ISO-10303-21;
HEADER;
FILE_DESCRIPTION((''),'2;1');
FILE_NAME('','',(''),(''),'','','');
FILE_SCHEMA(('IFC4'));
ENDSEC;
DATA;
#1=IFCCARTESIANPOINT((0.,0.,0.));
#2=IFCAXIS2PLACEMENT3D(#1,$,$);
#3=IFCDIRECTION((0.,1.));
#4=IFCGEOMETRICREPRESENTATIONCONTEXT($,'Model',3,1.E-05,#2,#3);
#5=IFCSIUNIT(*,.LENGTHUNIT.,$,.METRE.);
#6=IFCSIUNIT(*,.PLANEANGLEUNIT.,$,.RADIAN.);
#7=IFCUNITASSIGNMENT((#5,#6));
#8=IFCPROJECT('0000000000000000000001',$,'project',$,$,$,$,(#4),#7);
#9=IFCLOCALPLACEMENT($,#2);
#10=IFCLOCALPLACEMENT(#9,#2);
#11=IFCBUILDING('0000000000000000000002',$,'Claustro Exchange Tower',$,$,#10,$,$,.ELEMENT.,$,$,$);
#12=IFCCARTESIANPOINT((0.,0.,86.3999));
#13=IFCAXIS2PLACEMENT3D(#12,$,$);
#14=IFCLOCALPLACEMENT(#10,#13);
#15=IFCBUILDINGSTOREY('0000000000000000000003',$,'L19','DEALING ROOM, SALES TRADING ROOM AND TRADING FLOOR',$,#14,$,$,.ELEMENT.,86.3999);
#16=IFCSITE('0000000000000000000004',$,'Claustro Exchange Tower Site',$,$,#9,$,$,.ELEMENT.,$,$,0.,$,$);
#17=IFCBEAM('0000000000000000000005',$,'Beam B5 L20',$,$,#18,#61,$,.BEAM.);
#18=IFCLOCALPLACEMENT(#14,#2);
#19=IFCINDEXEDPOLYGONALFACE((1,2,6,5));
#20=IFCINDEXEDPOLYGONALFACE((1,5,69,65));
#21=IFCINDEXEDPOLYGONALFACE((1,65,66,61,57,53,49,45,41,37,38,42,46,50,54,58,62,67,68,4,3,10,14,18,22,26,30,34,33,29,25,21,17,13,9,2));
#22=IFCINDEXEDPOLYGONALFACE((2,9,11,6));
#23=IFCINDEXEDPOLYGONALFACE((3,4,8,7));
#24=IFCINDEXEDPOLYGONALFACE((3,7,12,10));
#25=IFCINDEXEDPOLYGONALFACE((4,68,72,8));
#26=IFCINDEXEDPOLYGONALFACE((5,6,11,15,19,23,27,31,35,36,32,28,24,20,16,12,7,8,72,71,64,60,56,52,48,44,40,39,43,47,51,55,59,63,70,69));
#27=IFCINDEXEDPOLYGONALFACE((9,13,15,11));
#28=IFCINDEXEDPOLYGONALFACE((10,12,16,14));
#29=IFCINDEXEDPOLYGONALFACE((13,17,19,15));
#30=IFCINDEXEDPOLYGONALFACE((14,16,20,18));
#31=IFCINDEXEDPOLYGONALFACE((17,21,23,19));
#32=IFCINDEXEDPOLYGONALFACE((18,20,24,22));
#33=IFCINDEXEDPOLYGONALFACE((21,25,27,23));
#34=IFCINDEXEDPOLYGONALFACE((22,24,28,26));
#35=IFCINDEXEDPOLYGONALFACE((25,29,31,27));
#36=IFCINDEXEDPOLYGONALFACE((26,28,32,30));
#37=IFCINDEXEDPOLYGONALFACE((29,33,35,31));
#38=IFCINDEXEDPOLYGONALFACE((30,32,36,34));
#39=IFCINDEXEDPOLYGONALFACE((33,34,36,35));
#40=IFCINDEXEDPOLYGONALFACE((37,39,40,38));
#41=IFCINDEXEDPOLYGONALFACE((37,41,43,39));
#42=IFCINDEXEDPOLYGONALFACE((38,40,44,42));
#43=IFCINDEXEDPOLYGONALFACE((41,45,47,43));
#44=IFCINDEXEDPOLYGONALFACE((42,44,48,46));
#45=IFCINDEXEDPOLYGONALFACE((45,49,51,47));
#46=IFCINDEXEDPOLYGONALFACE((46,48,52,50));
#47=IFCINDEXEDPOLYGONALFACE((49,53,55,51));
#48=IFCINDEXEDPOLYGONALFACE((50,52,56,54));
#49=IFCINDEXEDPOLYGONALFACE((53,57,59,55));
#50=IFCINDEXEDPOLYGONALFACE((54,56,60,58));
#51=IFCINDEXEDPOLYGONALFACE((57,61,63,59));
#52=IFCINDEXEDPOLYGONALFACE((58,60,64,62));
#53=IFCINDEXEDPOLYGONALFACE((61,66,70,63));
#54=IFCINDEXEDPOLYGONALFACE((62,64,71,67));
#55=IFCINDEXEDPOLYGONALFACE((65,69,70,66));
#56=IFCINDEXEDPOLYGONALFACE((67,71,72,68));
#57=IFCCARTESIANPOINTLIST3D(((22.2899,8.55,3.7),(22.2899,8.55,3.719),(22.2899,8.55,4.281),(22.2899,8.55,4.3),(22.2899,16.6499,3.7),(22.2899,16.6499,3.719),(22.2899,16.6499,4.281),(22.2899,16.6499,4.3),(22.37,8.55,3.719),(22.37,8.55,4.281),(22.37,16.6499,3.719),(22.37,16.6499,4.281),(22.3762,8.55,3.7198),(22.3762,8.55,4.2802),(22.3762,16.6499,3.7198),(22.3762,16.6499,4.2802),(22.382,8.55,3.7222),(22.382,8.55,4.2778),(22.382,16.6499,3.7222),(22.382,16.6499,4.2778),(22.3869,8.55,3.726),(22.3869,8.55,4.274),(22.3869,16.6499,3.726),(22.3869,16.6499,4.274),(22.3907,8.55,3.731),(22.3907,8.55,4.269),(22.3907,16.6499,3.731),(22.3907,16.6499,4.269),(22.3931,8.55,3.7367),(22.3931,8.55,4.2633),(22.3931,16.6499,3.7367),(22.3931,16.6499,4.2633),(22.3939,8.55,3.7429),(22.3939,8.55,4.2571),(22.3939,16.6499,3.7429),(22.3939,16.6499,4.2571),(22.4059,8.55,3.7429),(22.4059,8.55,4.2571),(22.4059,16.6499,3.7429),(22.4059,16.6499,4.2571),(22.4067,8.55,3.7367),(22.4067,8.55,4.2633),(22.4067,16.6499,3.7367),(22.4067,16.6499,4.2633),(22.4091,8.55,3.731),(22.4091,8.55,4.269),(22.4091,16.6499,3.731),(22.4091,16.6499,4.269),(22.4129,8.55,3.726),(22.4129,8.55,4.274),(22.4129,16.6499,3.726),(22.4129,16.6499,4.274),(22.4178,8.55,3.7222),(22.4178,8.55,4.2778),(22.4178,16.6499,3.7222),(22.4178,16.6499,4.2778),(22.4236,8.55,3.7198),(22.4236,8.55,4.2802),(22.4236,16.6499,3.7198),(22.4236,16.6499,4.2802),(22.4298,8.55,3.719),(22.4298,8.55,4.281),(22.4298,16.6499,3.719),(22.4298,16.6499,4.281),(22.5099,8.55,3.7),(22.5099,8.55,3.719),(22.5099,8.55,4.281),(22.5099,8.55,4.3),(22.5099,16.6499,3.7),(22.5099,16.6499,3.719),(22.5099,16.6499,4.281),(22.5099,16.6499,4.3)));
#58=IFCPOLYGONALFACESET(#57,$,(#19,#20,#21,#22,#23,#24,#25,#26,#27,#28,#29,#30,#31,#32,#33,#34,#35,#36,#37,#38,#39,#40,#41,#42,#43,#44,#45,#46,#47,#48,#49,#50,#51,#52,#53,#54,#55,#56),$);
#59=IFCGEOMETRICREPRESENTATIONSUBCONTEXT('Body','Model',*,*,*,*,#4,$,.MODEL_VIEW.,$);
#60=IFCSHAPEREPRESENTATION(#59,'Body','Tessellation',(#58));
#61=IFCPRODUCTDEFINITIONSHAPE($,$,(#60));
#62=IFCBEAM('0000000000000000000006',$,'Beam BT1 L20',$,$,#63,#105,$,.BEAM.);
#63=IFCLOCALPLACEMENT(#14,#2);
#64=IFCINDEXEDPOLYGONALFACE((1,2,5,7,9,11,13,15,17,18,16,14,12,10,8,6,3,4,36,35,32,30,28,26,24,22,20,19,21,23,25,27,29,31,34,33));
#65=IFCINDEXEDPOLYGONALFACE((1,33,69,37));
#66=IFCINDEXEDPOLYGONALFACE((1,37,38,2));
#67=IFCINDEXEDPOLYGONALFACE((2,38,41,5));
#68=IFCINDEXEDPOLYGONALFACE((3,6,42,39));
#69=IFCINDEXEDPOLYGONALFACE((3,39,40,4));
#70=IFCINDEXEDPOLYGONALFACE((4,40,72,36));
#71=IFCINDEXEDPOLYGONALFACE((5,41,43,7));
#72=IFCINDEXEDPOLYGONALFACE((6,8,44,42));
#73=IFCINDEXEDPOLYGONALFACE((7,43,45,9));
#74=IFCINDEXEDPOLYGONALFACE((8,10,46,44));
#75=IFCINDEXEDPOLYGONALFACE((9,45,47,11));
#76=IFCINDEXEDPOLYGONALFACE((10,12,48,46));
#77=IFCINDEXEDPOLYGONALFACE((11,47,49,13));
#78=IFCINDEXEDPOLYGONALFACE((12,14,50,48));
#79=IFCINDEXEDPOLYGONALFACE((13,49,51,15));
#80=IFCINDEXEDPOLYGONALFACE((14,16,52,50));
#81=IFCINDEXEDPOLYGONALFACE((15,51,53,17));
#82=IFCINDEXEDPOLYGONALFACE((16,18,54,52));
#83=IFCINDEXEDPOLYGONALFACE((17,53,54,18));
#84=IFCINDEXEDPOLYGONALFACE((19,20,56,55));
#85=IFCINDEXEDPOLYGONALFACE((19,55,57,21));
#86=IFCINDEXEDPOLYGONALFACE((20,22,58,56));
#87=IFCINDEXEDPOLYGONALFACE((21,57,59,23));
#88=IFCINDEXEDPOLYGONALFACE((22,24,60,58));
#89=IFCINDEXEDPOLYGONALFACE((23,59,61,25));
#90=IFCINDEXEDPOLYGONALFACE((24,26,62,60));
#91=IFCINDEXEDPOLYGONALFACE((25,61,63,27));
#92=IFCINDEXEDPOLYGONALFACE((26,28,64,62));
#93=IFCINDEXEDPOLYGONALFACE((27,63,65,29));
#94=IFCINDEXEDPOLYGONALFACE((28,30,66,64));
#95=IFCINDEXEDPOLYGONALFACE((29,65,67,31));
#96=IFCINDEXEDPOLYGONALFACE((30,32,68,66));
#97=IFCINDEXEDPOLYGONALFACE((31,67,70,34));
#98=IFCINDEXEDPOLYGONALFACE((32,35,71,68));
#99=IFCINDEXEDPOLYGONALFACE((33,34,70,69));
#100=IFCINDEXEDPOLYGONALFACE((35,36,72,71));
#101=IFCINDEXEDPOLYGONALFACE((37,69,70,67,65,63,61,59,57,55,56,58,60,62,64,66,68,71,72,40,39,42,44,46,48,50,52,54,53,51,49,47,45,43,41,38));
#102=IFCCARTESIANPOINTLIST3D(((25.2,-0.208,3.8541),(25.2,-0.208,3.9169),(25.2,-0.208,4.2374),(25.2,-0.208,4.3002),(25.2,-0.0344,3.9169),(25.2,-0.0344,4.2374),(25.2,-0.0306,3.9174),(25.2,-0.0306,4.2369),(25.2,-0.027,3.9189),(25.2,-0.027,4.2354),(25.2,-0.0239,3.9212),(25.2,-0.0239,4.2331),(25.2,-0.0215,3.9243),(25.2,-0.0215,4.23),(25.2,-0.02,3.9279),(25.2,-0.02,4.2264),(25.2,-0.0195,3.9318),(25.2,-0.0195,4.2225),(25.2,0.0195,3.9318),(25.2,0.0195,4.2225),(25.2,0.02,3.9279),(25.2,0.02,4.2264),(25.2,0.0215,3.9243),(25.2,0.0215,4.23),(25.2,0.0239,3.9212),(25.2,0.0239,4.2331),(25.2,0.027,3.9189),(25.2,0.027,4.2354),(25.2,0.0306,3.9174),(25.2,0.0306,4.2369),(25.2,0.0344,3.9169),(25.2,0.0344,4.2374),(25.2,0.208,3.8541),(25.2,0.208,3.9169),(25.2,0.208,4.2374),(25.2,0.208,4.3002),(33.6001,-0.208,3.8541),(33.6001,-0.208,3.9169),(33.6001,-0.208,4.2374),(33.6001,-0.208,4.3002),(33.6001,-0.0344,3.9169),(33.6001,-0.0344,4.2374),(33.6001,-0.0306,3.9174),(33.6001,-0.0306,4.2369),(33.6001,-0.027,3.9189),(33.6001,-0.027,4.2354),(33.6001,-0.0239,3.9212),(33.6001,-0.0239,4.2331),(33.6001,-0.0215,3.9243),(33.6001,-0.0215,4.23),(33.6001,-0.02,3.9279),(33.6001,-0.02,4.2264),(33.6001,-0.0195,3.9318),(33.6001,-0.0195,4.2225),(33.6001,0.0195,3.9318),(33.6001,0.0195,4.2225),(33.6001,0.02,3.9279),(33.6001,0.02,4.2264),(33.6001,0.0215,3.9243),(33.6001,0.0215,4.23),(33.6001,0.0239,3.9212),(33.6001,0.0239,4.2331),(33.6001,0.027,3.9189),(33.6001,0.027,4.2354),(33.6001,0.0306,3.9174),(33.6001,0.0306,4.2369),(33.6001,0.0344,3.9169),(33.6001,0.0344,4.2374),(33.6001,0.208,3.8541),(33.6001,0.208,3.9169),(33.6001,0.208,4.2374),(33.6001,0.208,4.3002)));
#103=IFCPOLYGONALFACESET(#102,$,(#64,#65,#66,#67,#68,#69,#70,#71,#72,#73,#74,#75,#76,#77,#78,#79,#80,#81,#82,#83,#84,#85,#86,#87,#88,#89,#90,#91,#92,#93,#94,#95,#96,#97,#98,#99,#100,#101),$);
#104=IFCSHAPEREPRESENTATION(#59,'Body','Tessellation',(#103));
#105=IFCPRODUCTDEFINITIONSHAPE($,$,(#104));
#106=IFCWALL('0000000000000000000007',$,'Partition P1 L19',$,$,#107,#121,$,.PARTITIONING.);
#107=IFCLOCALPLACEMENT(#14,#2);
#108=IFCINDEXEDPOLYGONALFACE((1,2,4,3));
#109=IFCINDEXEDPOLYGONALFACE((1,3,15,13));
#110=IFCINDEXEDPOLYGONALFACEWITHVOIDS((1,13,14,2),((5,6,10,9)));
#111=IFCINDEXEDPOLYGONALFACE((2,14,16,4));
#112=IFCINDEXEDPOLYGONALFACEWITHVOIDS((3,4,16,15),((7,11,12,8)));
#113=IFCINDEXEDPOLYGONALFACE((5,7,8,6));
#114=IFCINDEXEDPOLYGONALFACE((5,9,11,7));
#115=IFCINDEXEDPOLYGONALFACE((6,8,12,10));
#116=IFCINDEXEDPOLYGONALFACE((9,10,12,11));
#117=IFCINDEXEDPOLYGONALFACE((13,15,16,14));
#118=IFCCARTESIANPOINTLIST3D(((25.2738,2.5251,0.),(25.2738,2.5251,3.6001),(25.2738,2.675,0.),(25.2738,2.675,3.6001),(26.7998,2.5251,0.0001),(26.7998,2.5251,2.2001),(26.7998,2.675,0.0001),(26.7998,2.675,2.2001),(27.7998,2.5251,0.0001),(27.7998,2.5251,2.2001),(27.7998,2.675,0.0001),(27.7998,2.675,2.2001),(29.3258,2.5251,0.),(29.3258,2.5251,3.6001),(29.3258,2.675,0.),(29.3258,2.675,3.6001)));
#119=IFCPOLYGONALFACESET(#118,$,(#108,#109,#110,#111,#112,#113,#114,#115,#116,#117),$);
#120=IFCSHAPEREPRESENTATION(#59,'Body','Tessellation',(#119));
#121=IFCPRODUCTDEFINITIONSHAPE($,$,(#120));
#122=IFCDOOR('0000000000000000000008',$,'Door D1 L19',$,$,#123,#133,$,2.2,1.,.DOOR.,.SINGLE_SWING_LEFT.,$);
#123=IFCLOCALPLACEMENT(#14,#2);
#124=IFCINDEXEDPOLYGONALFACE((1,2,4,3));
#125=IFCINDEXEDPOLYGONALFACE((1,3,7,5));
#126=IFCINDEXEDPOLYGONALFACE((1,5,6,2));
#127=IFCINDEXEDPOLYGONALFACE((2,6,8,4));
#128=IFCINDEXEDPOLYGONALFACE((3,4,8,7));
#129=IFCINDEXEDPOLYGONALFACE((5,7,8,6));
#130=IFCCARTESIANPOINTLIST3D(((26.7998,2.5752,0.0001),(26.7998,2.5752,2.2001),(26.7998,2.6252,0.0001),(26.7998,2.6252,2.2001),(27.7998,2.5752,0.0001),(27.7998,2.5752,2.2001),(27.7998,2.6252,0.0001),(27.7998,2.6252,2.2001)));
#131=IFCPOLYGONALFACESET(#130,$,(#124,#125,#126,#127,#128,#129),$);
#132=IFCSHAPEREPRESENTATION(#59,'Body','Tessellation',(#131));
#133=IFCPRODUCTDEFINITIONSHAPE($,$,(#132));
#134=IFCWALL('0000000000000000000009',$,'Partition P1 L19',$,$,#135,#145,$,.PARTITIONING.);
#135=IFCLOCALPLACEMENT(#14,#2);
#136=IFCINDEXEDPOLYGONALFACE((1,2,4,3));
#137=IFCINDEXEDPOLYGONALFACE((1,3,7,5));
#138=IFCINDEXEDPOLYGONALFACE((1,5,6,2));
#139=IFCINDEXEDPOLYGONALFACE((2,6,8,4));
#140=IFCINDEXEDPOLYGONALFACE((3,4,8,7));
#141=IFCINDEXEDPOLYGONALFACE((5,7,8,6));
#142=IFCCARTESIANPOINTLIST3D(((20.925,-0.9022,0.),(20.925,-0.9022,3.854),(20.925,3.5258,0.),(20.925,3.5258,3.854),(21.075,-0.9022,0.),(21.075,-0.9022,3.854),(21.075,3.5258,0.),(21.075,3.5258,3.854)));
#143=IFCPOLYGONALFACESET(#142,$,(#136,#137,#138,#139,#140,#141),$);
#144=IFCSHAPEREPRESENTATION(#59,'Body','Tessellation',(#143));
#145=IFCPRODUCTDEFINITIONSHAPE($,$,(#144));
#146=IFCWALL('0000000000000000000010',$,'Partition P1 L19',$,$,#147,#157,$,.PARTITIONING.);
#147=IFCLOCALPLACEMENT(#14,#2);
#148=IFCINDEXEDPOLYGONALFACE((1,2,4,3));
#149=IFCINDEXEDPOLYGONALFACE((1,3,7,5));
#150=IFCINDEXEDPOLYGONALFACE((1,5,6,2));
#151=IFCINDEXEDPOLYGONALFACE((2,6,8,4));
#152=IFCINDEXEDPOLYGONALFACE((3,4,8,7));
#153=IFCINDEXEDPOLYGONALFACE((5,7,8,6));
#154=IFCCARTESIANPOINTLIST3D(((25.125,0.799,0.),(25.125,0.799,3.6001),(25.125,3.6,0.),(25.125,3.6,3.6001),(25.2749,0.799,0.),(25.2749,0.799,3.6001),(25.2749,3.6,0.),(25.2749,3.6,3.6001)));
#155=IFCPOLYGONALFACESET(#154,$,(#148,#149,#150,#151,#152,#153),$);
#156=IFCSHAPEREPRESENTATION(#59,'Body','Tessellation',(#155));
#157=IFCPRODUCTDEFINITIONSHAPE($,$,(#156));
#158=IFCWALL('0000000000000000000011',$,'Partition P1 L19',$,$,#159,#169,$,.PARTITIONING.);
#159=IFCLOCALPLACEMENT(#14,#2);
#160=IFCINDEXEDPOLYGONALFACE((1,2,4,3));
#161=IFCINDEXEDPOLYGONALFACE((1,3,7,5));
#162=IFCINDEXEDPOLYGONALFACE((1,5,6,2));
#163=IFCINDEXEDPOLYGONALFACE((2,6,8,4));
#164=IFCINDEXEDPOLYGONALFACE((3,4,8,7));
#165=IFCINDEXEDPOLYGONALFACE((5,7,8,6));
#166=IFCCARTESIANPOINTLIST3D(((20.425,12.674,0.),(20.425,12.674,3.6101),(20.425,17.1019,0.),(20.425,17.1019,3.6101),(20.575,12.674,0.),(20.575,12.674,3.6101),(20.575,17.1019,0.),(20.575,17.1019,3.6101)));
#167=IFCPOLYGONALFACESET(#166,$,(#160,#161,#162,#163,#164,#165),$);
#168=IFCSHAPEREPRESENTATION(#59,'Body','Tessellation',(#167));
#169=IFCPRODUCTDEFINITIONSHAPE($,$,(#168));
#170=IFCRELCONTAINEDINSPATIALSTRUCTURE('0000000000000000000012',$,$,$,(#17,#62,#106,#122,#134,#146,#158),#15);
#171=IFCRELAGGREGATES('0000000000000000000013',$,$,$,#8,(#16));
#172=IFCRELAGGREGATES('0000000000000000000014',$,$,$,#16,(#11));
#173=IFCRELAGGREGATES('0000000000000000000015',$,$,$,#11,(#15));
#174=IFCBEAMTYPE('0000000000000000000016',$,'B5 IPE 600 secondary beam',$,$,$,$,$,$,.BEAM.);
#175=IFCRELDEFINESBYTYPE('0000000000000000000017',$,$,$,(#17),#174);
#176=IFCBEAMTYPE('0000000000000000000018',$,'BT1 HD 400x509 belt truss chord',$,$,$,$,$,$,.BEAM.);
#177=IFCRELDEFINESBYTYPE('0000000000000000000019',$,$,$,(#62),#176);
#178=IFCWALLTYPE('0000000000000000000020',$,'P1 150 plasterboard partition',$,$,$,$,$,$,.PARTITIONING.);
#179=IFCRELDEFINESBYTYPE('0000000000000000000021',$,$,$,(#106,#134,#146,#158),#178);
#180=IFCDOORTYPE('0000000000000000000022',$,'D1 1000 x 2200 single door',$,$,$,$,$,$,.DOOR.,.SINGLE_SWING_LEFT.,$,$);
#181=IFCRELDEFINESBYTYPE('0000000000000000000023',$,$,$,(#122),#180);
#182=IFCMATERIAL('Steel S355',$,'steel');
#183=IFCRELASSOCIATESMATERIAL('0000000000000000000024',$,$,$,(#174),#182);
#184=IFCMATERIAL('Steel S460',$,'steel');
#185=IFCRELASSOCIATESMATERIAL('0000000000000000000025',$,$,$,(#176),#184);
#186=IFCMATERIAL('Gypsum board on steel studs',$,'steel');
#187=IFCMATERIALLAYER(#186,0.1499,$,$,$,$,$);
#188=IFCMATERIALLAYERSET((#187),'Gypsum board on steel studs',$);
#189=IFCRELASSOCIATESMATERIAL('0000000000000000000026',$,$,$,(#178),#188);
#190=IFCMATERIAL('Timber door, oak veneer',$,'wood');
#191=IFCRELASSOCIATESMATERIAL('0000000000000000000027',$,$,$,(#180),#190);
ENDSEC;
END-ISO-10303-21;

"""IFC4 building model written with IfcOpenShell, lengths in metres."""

from ifc_helpers import new_model, si_unit, direction, frame, frame_2d, origin, origin_2d, place, context, subcontext, project, spatial, rectangle, i_section, extrude, material, layer, layer_set, material_profile, profile_set, type_object, element, fill, save


model = new_model("IFC4")

# Units and contexts
model_context = context("Model", 3, precision=1e-05, world=origin(), true_north=direction((0.0, 1.0)))
body_context = subcontext(model_context, "Body", "Model", "MODEL_VIEW")
ifc_project = project(units=[si_unit("LENGTHUNIT", "METRE"), si_unit("PLANEANGLEUNIT", "RADIAN")], contexts=[model_context])

# Site, building, storey
site_placement = place(None, origin())
site = spatial("IfcSite", under=ifc_project, at=site_placement, Name="Claustro Exchange Tower Site", CompositionType="ELEMENT", RefElevation=0.0)
building_placement = place(site_placement, origin())
building = spatial("IfcBuilding", under=site, at=building_placement, Name="Claustro Exchange Tower", CompositionType="ELEMENT")
storey_placement = place(building_placement, frame((0.0, 0.0, 86.3999)))
storey = spatial("IfcBuildingStorey", under=building, at=storey_placement, Name="L19", Description="DEALING ROOM, SALES TRADING ROOM AND TRADING FLOOR", CompositionType="ELEMENT", Elevation=86.3999)

# Beams
ifc_material_1 = material(Name="Steel S355", Category="steel")
ifc_material_profile_1 = material_profile(ifc_material_1, i_section(OverallWidth=0.22, OverallDepth=0.6001, WebThickness=0.012, FlangeThickness=0.019, FilletRadius=0.0239, at=origin_2d()), Name="IPE 600")
ifc_profile_set_1 = profile_set([ifc_material_profile_1], Name="Steel S355")
beam_type_1 = type_object("IfcBeamType", Name="B5 IPE 600 secondary beam", PredefinedType="BEAM", material=ifc_profile_set_1)
for number, where, z_axis, x_axis, name in (
    (1, (22.3999, 8.55, 4.0), (0.0, 1.0, 0.0), (-1.0, 0.0, 0.0), "Beam B5 L20"),
):
    element("IfcBeam", number, at=place(storey_placement, frame(where, z_axis=z_axis, x_axis=x_axis)), inside=storey, type_object=beam_type_1, Name=name, PredefinedType="BEAM", context=body_context, shape_type="SweptSolid", body=[
        extrude(i_section(OverallWidth=0.22, OverallDepth=0.6001, WebThickness=0.012, FlangeThickness=0.019, FilletRadius=0.0239, at=origin_2d()), origin(), (0.0, 0.0, 1.0), 8.0999),
    ])
ifc_material_2 = material(Name="Steel S460", Category="steel")
ifc_material_profile_2 = material_profile(ifc_material_2, i_section(OverallWidth=0.416, OverallDepth=0.446, WebThickness=0.0391, FlangeThickness=0.0627, FilletRadius=0.0149, at=origin_2d()), Name="HD 400x509")
ifc_profile_set_2 = profile_set([ifc_material_profile_2], Name="Steel S460")
beam_type_2 = type_object("IfcBeamType", Name="BT1 HD 400x509 belt truss chord", PredefinedType="BEAM", material=ifc_profile_set_2)
beam_1_placement = place(storey_placement, frame((25.2, 0.0, 4.0771), z_axis=(1.0, 0.0, 0.0), x_axis=(0.0, 1.0, 0.0)))
element("IfcBeam", 2, at=beam_1_placement, inside=storey, type_object=beam_type_2, Name="Beam BT1 L20", PredefinedType="BEAM", context=body_context, shape_type="SweptSolid", body=[
    extrude(i_section(OverallWidth=0.416, OverallDepth=0.446, WebThickness=0.0391, FlangeThickness=0.0627, FilletRadius=0.0149, at=origin_2d()), origin(), (0.0, 0.0, 1.0), 8.4001),
])

# Wall, opening, door
ifc_material_3 = material(Name="Gypsum board on steel studs", Category="steel")
ifc_layer_1 = layer(ifc_material_3, 0.1499)
ifc_layer_set_1 = layer_set([ifc_layer_1], Name="Gypsum board on steel studs")
wall_type_1 = type_object("IfcWallType", Name="P1 150 plasterboard partition", PredefinedType="PARTITIONING", material=ifc_layer_set_1)
wall_1_placement = place(storey_placement, frame((25.2739, 2.6001, 0.0), z_axis=(0.0, 0.0, 1.0), x_axis=(1.0, 0.0, 0.0)))
wall_1 = element("IfcWall", 3, at=wall_1_placement, inside=storey, type_object=wall_type_1, Name="Partition P1 L19", PredefinedType="PARTITIONING", context=body_context, shape_type="SweptSolid", body=[
    extrude(rectangle(XDim=4.052, YDim=0.1499, at=frame_2d((2.0259, 0.0))), origin(), (0.0, 0.0, 1.0), 3.6001),
])
opening_1_placement = place(wall_1_placement, frame((1.5259, 0.0, 0.0)))
opening_1 = element("IfcOpeningElement", 4, at=opening_1_placement, cuts=wall_1, PredefinedType="OPENING", context=body_context, shape_type="SweptSolid", body=[
    extrude(rectangle(XDim=1.0, YDim=2.2, at=frame_2d((0.5, 1.1001))), frame((0.0, 0.085, 0.0), z_axis=(0.0, -1.0, 0.0), x_axis=(1.0, 0.0, 0.0)), (0.0, 0.0, 1.0), 0.1699),
])
ifc_material_4 = material(Name="Timber door, oak veneer", Category="wood")
door_type = type_object("IfcDoorType", Name="D1 1000 x 2200 single door", OperationType="SINGLE_SWING_LEFT", PredefinedType="DOOR", material=ifc_material_4)
door_1_placement = place(opening_1_placement, frame((1.0, 0.0, 0.0), z_axis=(0.0, 0.0, 1.0), x_axis=(-1.0, 0.0, 0.0)))
door_1 = element("IfcDoor", 5, at=door_1_placement, inside=storey, type_object=door_type, Name="Door D1 L19", OperationType="SINGLE_SWING_LEFT", OverallHeight=2.2, OverallWidth=1.0, PredefinedType="DOOR", context=body_context, shape_type="SweptSolid", body=[
    extrude(rectangle(XDim=1.0, YDim=2.2, at=frame_2d((0.5, 1.1001))), frame((0.0, 0.0249, 0.0), z_axis=(0.0, -1.0, 0.0), x_axis=(1.0, 0.0, 0.0)), (0.0, 0.0, 1.0), 0.05),
])
fill(opening_1, door_1)

# Walls
wall_2_placement = place(storey_placement, frame((21.0, -0.9021, 0.0), z_axis=(0.0, 0.0, 1.0), x_axis=(0.0, 1.0, 0.0)))
element("IfcWall", 6, at=wall_2_placement, inside=storey, type_object=wall_type_1, Name="Partition P1 L19", PredefinedType="PARTITIONING", context=body_context, shape_type="SweptSolid", body=[
    extrude(rectangle(XDim=4.428, YDim=0.1499, at=frame_2d((2.2139, 0.0))), origin(), (0.0, 0.0, 1.0), 3.854),
])
wall_3_placement = place(storey_placement, frame((25.2, 0.7991, 0.0), z_axis=(0.0, 0.0, 1.0), x_axis=(0.0, 1.0, 0.0)))
element("IfcWall", 7, at=wall_3_placement, inside=storey, type_object=wall_type_1, Name="Partition P1 L19", PredefinedType="PARTITIONING", context=body_context, shape_type="SweptSolid", body=[
    extrude(rectangle(XDim=2.801, YDim=0.1499, at=frame_2d((1.4004, 0.0))), origin(), (0.0, 0.0, 1.0), 3.6001),
])
wall_4_placement = place(storey_placement, frame((20.5, 12.6741, 0.0), z_axis=(0.0, 0.0, 1.0), x_axis=(0.0, 1.0, 0.0)))
element("IfcWall", 8, at=wall_4_placement, inside=storey, type_object=wall_type_1, Name="Partition P1 L19", PredefinedType="PARTITIONING", context=body_context, shape_type="SweptSolid", body=[
    extrude(rectangle(XDim=4.428, YDim=0.1499, at=frame_2d((2.2139, 0.0))), origin(), (0.0, 0.0, 1.0), 3.6101),
])

save(model, "model.ifc")
